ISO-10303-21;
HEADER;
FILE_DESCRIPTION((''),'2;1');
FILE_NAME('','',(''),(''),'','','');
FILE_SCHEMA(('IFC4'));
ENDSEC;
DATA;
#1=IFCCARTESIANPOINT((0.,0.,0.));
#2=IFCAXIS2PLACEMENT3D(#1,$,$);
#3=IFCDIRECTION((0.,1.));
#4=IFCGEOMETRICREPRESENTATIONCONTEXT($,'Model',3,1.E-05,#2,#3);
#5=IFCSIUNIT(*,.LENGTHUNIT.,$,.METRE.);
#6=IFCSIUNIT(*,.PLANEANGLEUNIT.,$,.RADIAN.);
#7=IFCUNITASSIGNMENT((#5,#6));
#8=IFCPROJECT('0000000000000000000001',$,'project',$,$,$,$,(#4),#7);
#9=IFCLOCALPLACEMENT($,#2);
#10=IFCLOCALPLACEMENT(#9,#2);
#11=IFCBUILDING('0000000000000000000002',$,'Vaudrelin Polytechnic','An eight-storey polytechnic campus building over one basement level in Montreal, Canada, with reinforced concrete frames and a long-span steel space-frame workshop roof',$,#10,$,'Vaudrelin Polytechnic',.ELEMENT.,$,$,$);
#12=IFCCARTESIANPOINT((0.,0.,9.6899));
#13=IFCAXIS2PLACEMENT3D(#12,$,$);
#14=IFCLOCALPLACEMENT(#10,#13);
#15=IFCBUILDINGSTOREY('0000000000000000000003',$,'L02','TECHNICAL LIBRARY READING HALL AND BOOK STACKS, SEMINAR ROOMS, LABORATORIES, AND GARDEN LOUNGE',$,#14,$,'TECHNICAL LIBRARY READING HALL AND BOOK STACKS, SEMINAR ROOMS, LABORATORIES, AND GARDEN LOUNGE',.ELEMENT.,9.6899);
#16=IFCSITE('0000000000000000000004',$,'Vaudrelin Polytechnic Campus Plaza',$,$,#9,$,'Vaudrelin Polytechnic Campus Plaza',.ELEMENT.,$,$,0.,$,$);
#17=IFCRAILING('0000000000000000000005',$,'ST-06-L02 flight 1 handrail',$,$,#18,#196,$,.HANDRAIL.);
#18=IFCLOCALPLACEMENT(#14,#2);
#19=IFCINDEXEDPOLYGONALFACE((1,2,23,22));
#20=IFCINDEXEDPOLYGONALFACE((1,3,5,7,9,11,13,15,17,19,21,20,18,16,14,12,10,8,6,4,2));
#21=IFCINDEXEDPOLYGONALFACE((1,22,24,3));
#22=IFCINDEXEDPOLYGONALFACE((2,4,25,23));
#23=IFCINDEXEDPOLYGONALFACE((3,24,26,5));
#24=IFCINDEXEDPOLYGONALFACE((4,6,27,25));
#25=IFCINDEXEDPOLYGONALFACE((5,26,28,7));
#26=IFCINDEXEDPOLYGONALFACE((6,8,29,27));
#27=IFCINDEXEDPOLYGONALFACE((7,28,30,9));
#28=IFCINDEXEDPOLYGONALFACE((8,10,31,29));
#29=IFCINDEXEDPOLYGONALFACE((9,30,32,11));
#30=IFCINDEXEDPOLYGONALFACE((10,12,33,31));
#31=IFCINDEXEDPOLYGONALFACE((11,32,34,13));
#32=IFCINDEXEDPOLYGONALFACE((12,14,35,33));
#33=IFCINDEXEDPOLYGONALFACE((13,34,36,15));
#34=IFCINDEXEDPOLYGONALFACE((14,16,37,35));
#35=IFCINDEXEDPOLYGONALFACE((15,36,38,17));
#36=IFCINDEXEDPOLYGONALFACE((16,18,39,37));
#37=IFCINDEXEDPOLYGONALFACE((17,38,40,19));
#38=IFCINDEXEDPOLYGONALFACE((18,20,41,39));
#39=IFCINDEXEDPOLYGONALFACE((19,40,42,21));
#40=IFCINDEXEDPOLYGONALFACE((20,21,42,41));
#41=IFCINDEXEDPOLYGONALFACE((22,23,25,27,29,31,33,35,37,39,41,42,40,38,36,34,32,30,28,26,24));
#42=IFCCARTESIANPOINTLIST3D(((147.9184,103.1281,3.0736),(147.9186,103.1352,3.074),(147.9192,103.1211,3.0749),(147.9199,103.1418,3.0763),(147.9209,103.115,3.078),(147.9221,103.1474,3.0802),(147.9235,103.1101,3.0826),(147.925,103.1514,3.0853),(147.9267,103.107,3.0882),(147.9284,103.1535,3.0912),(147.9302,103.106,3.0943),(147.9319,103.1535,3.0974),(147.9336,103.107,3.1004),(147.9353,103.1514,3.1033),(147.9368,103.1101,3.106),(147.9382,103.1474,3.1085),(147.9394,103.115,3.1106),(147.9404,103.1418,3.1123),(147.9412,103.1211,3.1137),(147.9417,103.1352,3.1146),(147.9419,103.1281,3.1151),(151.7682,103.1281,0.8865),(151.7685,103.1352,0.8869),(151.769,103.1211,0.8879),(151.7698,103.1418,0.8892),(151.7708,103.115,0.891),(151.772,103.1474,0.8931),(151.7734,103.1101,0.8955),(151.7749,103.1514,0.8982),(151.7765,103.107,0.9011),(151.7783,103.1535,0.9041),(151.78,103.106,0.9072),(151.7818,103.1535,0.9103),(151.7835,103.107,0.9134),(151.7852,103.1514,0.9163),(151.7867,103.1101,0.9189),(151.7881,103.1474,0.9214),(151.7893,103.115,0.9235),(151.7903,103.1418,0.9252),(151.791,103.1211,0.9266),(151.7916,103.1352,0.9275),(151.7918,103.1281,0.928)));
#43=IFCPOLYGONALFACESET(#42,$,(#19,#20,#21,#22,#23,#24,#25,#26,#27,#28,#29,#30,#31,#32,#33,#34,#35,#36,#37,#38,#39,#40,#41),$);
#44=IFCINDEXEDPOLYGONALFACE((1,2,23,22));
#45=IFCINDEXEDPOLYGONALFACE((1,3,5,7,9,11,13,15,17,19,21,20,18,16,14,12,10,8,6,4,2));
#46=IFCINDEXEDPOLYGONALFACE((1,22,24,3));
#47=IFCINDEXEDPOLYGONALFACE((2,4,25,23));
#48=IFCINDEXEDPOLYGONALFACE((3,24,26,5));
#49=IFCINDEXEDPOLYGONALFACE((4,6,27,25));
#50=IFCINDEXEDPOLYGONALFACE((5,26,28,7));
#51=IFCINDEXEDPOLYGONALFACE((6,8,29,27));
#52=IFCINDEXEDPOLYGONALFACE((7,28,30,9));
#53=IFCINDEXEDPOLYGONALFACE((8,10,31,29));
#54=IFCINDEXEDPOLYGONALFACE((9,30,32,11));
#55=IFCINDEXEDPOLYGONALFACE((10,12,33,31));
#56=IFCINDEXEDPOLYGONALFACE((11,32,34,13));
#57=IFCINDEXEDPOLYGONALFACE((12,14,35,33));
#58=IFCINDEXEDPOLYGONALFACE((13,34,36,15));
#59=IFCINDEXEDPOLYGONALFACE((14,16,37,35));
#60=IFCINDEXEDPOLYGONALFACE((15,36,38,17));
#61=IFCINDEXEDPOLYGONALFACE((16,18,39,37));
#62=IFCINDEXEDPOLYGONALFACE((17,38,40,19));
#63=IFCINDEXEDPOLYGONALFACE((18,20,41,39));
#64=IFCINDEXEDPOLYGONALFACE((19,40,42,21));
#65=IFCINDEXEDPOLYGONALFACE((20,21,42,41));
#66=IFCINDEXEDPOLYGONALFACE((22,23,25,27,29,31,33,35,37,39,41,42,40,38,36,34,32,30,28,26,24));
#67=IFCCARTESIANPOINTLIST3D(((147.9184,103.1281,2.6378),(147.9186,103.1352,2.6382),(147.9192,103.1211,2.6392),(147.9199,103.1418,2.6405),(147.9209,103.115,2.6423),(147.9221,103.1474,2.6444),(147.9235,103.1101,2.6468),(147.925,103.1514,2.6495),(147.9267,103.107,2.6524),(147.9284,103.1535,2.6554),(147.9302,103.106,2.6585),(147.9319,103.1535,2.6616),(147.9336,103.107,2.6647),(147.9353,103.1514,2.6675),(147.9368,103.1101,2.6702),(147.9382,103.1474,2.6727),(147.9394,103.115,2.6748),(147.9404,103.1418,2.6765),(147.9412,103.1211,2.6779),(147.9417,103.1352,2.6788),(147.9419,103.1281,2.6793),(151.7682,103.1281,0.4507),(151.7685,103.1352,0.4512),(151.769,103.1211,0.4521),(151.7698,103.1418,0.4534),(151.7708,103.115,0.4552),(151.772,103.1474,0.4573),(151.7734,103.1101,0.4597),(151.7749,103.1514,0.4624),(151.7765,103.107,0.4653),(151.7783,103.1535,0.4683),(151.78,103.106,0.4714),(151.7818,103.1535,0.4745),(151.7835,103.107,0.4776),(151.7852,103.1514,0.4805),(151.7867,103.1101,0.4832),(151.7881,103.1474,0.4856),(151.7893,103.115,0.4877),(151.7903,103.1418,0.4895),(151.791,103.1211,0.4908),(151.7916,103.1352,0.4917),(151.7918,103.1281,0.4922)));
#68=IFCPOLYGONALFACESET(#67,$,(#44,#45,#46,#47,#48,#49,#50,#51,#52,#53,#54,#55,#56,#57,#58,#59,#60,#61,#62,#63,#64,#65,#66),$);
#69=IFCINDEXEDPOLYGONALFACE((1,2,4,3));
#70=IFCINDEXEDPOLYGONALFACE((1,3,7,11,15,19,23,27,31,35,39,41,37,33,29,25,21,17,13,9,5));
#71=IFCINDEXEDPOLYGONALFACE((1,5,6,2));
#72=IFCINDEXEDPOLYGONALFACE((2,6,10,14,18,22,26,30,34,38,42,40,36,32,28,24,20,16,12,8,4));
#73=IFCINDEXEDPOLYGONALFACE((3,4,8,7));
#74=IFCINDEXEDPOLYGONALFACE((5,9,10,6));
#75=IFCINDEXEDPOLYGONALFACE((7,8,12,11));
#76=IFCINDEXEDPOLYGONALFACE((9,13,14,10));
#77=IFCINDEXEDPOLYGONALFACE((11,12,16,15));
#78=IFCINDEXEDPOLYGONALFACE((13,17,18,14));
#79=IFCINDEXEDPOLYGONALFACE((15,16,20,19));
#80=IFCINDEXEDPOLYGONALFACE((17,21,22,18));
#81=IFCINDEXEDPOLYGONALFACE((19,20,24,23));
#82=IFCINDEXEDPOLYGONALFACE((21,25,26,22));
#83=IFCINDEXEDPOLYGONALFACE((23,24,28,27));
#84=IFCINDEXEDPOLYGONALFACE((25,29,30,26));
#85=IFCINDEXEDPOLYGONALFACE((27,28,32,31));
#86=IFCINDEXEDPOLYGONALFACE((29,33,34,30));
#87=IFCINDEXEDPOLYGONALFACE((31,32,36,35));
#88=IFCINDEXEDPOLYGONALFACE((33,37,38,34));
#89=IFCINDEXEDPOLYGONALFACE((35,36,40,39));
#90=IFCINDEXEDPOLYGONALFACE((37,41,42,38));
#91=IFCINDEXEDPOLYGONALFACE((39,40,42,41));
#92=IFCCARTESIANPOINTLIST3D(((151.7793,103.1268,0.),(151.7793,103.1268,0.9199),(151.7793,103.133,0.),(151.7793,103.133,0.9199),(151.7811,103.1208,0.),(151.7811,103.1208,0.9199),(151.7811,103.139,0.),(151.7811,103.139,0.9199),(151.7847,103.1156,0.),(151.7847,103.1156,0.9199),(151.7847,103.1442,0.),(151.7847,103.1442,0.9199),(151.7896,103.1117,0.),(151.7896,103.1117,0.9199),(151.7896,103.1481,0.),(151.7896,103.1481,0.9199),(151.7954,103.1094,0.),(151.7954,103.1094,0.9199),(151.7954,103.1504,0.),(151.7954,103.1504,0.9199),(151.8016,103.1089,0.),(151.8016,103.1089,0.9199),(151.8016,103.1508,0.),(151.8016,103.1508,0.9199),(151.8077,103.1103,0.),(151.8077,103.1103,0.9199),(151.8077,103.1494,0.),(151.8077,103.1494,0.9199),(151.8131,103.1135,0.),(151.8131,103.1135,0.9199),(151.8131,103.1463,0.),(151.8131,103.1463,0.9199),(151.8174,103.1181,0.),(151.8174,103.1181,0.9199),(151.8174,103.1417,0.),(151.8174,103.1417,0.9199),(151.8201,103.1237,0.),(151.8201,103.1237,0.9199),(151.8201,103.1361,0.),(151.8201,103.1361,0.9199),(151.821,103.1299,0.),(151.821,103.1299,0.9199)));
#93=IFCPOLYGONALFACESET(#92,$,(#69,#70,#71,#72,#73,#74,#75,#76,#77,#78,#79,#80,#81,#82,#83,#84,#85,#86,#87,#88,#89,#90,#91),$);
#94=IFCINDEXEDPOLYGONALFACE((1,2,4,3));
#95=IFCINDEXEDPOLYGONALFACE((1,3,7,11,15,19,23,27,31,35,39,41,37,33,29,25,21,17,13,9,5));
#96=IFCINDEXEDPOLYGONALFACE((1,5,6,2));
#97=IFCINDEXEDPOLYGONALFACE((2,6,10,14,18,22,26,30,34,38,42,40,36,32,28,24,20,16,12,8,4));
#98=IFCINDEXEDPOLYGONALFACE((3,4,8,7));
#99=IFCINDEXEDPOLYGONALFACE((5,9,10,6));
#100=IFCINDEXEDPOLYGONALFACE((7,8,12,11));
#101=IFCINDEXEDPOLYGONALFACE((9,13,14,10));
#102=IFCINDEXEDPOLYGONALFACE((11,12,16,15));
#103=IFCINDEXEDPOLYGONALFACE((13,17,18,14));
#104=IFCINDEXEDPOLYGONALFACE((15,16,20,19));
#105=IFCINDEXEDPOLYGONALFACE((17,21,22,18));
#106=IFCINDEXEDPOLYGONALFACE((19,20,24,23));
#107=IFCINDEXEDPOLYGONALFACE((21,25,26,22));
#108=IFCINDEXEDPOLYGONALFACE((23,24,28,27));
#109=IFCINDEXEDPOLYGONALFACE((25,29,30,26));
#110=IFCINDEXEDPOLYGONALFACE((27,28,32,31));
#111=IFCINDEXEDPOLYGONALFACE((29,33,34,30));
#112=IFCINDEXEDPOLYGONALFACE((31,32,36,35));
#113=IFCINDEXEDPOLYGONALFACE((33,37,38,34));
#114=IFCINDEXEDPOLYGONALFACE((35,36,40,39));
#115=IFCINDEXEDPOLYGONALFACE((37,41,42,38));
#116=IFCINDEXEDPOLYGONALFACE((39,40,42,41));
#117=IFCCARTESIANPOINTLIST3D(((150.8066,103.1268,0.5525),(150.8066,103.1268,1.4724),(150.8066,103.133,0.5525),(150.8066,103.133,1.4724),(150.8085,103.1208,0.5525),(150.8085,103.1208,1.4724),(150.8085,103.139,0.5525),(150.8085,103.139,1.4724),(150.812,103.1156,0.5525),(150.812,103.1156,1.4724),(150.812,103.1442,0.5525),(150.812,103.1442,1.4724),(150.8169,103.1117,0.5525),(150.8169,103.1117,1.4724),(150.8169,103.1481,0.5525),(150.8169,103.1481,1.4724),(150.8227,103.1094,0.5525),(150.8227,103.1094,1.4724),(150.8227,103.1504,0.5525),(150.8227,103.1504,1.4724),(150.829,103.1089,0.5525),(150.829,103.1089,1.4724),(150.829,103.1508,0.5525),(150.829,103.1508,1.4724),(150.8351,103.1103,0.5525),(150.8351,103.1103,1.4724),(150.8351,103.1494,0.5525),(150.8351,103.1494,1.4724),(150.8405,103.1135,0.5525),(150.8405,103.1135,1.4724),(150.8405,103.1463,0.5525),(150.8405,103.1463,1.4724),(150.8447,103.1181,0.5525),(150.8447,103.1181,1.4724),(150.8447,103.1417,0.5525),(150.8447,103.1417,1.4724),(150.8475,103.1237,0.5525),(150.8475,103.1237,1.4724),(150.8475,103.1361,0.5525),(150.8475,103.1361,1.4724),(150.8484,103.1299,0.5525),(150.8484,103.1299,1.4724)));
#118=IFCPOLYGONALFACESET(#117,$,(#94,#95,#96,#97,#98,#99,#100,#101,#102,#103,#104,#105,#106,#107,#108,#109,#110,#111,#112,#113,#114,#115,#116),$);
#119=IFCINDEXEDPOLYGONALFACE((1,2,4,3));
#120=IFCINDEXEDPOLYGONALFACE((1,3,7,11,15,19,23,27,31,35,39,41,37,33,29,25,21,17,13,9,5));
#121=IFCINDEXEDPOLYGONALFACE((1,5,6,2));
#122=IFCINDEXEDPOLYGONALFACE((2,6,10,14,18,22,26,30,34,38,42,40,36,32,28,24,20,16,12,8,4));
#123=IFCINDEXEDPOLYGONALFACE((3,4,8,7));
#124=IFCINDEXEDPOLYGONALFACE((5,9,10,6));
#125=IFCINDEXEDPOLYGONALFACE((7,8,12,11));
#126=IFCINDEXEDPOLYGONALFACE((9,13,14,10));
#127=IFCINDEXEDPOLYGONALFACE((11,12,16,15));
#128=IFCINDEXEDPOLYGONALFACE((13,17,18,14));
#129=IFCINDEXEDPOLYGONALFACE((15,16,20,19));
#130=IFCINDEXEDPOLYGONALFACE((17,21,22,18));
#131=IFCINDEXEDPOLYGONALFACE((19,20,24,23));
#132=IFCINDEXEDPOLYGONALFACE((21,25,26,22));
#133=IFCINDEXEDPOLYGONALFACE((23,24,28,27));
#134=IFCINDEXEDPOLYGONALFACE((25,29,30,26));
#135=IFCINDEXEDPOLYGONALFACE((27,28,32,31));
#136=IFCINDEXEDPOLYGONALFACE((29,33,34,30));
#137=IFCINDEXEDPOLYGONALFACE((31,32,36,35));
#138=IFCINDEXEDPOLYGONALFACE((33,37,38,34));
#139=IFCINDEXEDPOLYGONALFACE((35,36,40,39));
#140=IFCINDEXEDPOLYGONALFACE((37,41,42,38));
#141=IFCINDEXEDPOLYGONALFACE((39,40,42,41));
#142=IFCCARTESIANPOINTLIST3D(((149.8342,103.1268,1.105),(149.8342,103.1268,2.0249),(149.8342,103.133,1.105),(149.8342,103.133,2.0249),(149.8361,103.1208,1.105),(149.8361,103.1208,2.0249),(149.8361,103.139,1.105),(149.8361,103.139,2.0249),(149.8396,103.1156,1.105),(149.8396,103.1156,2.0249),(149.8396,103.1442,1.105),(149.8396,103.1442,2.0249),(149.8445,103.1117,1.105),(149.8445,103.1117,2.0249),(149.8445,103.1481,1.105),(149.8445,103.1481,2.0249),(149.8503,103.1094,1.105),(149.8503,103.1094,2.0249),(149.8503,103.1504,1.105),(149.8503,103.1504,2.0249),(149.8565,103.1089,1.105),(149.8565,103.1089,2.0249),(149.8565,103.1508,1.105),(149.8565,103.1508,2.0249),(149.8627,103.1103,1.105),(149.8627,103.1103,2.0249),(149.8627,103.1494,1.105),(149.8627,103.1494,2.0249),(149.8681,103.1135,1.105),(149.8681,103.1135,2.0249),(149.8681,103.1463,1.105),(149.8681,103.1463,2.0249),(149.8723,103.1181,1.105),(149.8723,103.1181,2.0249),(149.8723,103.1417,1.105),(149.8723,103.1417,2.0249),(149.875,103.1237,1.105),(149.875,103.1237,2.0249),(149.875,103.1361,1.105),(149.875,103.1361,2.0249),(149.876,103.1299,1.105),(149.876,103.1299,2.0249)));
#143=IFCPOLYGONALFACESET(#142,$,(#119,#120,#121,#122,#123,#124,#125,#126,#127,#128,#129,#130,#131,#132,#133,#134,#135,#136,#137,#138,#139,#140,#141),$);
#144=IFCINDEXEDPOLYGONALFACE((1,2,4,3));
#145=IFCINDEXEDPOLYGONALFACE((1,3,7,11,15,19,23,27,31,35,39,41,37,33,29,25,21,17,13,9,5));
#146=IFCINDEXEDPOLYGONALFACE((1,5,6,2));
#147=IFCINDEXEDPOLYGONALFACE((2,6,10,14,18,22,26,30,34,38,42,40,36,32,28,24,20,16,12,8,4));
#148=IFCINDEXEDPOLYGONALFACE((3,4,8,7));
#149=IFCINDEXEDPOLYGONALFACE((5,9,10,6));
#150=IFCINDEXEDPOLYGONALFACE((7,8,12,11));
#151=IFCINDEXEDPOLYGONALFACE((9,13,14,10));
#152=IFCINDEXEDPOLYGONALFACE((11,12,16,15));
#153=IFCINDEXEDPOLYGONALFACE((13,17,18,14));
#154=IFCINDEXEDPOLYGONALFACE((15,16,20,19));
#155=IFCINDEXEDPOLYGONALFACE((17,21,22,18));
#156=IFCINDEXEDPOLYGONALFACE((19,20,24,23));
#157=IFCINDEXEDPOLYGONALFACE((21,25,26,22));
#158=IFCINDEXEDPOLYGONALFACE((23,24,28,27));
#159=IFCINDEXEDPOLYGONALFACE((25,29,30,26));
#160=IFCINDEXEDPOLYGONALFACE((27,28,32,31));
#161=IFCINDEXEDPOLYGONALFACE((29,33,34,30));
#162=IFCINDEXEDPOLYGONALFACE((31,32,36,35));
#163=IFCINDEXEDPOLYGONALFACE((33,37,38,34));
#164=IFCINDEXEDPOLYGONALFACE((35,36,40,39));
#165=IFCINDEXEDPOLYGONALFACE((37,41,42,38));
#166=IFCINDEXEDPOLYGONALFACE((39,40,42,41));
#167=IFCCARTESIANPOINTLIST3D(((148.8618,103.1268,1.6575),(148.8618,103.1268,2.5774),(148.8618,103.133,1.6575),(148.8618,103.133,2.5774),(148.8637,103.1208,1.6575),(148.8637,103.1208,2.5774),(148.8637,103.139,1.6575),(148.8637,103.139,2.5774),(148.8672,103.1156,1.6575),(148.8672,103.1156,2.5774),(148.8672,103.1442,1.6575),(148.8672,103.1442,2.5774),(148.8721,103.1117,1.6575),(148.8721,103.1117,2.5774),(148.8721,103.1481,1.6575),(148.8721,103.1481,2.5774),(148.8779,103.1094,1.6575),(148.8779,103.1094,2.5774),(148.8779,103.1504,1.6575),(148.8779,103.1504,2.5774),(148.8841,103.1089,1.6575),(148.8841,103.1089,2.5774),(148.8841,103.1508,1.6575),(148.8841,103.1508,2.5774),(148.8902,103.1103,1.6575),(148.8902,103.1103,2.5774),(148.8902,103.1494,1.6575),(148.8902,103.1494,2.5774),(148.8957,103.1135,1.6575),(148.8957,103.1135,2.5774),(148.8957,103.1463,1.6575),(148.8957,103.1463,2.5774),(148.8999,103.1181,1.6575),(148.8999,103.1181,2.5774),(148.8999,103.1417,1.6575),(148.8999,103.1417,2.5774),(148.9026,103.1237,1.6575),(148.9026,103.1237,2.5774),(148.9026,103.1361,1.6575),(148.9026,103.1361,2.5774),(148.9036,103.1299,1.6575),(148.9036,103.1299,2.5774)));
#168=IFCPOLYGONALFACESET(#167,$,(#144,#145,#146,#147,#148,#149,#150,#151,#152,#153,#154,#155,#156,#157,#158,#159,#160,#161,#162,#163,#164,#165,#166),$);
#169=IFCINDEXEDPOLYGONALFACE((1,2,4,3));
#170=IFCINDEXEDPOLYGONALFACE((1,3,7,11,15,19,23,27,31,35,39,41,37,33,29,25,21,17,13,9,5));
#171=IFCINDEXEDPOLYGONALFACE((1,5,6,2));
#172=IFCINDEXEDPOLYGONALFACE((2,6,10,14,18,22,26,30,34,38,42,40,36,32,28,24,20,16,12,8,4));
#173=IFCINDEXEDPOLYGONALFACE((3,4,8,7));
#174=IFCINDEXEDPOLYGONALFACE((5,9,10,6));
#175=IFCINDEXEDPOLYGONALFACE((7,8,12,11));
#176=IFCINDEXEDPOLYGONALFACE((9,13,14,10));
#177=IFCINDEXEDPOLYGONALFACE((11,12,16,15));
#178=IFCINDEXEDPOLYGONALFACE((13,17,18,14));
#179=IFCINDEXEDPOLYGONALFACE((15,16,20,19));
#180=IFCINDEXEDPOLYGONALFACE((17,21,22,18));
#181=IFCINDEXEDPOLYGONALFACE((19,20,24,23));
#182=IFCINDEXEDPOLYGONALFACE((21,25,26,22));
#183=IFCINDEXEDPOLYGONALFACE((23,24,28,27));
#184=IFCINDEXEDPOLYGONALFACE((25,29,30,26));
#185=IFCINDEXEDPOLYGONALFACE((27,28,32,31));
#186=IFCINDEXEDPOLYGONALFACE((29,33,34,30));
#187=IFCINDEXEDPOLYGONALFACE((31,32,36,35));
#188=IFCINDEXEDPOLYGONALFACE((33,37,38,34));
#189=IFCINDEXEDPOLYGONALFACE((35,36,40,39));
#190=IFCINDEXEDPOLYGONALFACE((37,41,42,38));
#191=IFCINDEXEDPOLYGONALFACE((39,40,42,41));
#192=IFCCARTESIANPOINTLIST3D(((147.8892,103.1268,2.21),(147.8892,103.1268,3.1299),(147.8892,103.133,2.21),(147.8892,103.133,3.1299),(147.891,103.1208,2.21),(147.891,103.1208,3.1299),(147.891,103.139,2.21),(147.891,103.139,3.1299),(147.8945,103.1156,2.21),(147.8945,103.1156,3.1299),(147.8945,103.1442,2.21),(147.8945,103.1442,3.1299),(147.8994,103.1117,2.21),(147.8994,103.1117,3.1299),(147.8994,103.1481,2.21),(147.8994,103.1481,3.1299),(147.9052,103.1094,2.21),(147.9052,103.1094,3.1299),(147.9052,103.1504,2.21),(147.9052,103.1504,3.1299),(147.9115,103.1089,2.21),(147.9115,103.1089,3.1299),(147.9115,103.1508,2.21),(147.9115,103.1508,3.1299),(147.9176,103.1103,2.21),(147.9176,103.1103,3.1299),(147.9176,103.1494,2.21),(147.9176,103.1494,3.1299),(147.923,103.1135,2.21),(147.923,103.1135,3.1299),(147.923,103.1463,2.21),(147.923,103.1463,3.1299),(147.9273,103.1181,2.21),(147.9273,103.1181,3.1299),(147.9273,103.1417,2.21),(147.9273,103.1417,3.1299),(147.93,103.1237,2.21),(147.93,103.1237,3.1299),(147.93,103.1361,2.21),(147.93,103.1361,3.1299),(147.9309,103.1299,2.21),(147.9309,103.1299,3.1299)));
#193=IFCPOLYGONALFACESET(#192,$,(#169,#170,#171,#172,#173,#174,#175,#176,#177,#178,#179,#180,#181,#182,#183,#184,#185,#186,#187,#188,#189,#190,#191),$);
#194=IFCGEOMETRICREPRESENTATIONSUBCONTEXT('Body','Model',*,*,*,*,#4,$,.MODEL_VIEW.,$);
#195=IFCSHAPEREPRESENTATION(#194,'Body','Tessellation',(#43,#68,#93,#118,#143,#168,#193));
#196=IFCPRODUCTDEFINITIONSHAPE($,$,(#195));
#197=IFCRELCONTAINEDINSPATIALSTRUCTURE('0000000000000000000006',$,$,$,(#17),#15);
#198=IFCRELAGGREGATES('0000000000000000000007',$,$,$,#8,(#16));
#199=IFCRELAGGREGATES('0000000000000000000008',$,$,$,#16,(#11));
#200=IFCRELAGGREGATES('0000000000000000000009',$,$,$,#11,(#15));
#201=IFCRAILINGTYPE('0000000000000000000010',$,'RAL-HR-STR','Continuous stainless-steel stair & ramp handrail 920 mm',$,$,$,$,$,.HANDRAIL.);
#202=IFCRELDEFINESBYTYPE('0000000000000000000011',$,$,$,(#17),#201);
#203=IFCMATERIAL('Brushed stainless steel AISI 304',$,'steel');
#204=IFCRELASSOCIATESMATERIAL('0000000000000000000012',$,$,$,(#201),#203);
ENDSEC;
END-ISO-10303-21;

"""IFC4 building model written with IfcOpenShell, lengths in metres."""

from ifc_helpers import new_model, si_unit, direction, frame, origin, origin_2d, place, context, subcontext, project, spatial, circle, extrude, material, type_object, element, save


model = new_model("IFC4")

# Units and contexts
model_context = context("Model", 3, precision=1e-05, world=origin(), true_north=direction((0.0, 1.0)))
body_context = subcontext(model_context, "Body", "Model", "MODEL_VIEW")
ifc_project = project(units=[si_unit("LENGTHUNIT", "METRE"), si_unit("PLANEANGLEUNIT", "RADIAN")], contexts=[model_context])

# Site, building, storey
site_placement = place(None, origin())
site = spatial("IfcSite", under=ifc_project, at=site_placement, Name="Vaudrelin Polytechnic Campus Plaza", LongName="Vaudrelin Polytechnic Campus Plaza", CompositionType="ELEMENT", RefElevation=0.0)
building_placement = place(site_placement, origin())
building = spatial("IfcBuilding", under=site, at=building_placement, Name="Vaudrelin Polytechnic", Description="An eight-storey polytechnic campus building over one basement level in Montreal, Canada, with reinforced concrete frames and a long-span steel space-frame workshop roof", LongName="Vaudrelin Polytechnic", CompositionType="ELEMENT")
storey_placement = place(building_placement, frame((0.0, 0.0, 9.6899)))
storey = spatial("IfcBuildingStorey", under=building, at=storey_placement, Name="L02", Description="TECHNICAL LIBRARY READING HALL AND BOOK STACKS, SEMINAR ROOMS, LABORATORIES, AND GARDEN LOUNGE", LongName="TECHNICAL LIBRARY READING HALL AND BOOK STACKS, SEMINAR ROOMS, LABORATORIES, AND GARDEN LOUNGE", CompositionType="ELEMENT", Elevation=9.6899)

# Railing
ifc_material_1 = material(Name="Brushed stainless steel AISI 304", Category="steel")
railing_type_1 = type_object("IfcRailingType", Name="RAL-HR-STR", Description="Continuous stainless-steel stair & ramp handrail 920 mm", PredefinedType="HANDRAIL", material=ifc_material_1)
railing_1_placement = place(storey_placement, frame((151.8, 103.1299, 0.0)))
element("IfcRailing", 1, at=railing_1_placement, inside=storey, type_object=railing_type_1, Name="ST-06-L02 flight 1 handrail", PredefinedType="HANDRAIL", context=body_context, shape_type="SweptSolid", body=[
    extrude(circle(Radius=0.0239, at=origin_2d()), frame((-0.02, 0.0, 0.9072), z_axis=(-0.86949, 0.0, 0.493951), x_axis=(0.0, -1.0, 0.0)), (0.0, 0.0, 1.0), 4.4277),
    extrude(circle(Radius=0.0239, at=origin_2d()), frame((-0.02, 0.0, 0.4714), z_axis=(-0.86949, 0.0, 0.493951), x_axis=(0.0, -1.0, 0.0)), (0.0, 0.0, 1.0), 4.4277),
    extrude(circle(Radius=0.021, at=origin_2d()), origin(), (0.0, 0.0, 1.0), 0.9199),
    extrude(circle(Radius=0.021, at=origin_2d()), frame((-0.9727, 0.0, 0.5525)), (0.0, 0.0, 1.0), 0.9199),
    extrude(circle(Radius=0.021, at=origin_2d()), frame((-1.9451, 0.0, 1.105)), (0.0, 0.0, 1.0), 0.9199),
    extrude(circle(Radius=0.021, at=origin_2d()), frame((-2.9175, 0.0, 1.6575)), (0.0, 0.0, 1.0), 0.9199),
    extrude(circle(Radius=0.021, at=origin_2d()), frame((-3.8901, 0.0, 2.21)), (0.0, 0.0, 1.0), 0.9199),
])

save(model, "model.ifc")
